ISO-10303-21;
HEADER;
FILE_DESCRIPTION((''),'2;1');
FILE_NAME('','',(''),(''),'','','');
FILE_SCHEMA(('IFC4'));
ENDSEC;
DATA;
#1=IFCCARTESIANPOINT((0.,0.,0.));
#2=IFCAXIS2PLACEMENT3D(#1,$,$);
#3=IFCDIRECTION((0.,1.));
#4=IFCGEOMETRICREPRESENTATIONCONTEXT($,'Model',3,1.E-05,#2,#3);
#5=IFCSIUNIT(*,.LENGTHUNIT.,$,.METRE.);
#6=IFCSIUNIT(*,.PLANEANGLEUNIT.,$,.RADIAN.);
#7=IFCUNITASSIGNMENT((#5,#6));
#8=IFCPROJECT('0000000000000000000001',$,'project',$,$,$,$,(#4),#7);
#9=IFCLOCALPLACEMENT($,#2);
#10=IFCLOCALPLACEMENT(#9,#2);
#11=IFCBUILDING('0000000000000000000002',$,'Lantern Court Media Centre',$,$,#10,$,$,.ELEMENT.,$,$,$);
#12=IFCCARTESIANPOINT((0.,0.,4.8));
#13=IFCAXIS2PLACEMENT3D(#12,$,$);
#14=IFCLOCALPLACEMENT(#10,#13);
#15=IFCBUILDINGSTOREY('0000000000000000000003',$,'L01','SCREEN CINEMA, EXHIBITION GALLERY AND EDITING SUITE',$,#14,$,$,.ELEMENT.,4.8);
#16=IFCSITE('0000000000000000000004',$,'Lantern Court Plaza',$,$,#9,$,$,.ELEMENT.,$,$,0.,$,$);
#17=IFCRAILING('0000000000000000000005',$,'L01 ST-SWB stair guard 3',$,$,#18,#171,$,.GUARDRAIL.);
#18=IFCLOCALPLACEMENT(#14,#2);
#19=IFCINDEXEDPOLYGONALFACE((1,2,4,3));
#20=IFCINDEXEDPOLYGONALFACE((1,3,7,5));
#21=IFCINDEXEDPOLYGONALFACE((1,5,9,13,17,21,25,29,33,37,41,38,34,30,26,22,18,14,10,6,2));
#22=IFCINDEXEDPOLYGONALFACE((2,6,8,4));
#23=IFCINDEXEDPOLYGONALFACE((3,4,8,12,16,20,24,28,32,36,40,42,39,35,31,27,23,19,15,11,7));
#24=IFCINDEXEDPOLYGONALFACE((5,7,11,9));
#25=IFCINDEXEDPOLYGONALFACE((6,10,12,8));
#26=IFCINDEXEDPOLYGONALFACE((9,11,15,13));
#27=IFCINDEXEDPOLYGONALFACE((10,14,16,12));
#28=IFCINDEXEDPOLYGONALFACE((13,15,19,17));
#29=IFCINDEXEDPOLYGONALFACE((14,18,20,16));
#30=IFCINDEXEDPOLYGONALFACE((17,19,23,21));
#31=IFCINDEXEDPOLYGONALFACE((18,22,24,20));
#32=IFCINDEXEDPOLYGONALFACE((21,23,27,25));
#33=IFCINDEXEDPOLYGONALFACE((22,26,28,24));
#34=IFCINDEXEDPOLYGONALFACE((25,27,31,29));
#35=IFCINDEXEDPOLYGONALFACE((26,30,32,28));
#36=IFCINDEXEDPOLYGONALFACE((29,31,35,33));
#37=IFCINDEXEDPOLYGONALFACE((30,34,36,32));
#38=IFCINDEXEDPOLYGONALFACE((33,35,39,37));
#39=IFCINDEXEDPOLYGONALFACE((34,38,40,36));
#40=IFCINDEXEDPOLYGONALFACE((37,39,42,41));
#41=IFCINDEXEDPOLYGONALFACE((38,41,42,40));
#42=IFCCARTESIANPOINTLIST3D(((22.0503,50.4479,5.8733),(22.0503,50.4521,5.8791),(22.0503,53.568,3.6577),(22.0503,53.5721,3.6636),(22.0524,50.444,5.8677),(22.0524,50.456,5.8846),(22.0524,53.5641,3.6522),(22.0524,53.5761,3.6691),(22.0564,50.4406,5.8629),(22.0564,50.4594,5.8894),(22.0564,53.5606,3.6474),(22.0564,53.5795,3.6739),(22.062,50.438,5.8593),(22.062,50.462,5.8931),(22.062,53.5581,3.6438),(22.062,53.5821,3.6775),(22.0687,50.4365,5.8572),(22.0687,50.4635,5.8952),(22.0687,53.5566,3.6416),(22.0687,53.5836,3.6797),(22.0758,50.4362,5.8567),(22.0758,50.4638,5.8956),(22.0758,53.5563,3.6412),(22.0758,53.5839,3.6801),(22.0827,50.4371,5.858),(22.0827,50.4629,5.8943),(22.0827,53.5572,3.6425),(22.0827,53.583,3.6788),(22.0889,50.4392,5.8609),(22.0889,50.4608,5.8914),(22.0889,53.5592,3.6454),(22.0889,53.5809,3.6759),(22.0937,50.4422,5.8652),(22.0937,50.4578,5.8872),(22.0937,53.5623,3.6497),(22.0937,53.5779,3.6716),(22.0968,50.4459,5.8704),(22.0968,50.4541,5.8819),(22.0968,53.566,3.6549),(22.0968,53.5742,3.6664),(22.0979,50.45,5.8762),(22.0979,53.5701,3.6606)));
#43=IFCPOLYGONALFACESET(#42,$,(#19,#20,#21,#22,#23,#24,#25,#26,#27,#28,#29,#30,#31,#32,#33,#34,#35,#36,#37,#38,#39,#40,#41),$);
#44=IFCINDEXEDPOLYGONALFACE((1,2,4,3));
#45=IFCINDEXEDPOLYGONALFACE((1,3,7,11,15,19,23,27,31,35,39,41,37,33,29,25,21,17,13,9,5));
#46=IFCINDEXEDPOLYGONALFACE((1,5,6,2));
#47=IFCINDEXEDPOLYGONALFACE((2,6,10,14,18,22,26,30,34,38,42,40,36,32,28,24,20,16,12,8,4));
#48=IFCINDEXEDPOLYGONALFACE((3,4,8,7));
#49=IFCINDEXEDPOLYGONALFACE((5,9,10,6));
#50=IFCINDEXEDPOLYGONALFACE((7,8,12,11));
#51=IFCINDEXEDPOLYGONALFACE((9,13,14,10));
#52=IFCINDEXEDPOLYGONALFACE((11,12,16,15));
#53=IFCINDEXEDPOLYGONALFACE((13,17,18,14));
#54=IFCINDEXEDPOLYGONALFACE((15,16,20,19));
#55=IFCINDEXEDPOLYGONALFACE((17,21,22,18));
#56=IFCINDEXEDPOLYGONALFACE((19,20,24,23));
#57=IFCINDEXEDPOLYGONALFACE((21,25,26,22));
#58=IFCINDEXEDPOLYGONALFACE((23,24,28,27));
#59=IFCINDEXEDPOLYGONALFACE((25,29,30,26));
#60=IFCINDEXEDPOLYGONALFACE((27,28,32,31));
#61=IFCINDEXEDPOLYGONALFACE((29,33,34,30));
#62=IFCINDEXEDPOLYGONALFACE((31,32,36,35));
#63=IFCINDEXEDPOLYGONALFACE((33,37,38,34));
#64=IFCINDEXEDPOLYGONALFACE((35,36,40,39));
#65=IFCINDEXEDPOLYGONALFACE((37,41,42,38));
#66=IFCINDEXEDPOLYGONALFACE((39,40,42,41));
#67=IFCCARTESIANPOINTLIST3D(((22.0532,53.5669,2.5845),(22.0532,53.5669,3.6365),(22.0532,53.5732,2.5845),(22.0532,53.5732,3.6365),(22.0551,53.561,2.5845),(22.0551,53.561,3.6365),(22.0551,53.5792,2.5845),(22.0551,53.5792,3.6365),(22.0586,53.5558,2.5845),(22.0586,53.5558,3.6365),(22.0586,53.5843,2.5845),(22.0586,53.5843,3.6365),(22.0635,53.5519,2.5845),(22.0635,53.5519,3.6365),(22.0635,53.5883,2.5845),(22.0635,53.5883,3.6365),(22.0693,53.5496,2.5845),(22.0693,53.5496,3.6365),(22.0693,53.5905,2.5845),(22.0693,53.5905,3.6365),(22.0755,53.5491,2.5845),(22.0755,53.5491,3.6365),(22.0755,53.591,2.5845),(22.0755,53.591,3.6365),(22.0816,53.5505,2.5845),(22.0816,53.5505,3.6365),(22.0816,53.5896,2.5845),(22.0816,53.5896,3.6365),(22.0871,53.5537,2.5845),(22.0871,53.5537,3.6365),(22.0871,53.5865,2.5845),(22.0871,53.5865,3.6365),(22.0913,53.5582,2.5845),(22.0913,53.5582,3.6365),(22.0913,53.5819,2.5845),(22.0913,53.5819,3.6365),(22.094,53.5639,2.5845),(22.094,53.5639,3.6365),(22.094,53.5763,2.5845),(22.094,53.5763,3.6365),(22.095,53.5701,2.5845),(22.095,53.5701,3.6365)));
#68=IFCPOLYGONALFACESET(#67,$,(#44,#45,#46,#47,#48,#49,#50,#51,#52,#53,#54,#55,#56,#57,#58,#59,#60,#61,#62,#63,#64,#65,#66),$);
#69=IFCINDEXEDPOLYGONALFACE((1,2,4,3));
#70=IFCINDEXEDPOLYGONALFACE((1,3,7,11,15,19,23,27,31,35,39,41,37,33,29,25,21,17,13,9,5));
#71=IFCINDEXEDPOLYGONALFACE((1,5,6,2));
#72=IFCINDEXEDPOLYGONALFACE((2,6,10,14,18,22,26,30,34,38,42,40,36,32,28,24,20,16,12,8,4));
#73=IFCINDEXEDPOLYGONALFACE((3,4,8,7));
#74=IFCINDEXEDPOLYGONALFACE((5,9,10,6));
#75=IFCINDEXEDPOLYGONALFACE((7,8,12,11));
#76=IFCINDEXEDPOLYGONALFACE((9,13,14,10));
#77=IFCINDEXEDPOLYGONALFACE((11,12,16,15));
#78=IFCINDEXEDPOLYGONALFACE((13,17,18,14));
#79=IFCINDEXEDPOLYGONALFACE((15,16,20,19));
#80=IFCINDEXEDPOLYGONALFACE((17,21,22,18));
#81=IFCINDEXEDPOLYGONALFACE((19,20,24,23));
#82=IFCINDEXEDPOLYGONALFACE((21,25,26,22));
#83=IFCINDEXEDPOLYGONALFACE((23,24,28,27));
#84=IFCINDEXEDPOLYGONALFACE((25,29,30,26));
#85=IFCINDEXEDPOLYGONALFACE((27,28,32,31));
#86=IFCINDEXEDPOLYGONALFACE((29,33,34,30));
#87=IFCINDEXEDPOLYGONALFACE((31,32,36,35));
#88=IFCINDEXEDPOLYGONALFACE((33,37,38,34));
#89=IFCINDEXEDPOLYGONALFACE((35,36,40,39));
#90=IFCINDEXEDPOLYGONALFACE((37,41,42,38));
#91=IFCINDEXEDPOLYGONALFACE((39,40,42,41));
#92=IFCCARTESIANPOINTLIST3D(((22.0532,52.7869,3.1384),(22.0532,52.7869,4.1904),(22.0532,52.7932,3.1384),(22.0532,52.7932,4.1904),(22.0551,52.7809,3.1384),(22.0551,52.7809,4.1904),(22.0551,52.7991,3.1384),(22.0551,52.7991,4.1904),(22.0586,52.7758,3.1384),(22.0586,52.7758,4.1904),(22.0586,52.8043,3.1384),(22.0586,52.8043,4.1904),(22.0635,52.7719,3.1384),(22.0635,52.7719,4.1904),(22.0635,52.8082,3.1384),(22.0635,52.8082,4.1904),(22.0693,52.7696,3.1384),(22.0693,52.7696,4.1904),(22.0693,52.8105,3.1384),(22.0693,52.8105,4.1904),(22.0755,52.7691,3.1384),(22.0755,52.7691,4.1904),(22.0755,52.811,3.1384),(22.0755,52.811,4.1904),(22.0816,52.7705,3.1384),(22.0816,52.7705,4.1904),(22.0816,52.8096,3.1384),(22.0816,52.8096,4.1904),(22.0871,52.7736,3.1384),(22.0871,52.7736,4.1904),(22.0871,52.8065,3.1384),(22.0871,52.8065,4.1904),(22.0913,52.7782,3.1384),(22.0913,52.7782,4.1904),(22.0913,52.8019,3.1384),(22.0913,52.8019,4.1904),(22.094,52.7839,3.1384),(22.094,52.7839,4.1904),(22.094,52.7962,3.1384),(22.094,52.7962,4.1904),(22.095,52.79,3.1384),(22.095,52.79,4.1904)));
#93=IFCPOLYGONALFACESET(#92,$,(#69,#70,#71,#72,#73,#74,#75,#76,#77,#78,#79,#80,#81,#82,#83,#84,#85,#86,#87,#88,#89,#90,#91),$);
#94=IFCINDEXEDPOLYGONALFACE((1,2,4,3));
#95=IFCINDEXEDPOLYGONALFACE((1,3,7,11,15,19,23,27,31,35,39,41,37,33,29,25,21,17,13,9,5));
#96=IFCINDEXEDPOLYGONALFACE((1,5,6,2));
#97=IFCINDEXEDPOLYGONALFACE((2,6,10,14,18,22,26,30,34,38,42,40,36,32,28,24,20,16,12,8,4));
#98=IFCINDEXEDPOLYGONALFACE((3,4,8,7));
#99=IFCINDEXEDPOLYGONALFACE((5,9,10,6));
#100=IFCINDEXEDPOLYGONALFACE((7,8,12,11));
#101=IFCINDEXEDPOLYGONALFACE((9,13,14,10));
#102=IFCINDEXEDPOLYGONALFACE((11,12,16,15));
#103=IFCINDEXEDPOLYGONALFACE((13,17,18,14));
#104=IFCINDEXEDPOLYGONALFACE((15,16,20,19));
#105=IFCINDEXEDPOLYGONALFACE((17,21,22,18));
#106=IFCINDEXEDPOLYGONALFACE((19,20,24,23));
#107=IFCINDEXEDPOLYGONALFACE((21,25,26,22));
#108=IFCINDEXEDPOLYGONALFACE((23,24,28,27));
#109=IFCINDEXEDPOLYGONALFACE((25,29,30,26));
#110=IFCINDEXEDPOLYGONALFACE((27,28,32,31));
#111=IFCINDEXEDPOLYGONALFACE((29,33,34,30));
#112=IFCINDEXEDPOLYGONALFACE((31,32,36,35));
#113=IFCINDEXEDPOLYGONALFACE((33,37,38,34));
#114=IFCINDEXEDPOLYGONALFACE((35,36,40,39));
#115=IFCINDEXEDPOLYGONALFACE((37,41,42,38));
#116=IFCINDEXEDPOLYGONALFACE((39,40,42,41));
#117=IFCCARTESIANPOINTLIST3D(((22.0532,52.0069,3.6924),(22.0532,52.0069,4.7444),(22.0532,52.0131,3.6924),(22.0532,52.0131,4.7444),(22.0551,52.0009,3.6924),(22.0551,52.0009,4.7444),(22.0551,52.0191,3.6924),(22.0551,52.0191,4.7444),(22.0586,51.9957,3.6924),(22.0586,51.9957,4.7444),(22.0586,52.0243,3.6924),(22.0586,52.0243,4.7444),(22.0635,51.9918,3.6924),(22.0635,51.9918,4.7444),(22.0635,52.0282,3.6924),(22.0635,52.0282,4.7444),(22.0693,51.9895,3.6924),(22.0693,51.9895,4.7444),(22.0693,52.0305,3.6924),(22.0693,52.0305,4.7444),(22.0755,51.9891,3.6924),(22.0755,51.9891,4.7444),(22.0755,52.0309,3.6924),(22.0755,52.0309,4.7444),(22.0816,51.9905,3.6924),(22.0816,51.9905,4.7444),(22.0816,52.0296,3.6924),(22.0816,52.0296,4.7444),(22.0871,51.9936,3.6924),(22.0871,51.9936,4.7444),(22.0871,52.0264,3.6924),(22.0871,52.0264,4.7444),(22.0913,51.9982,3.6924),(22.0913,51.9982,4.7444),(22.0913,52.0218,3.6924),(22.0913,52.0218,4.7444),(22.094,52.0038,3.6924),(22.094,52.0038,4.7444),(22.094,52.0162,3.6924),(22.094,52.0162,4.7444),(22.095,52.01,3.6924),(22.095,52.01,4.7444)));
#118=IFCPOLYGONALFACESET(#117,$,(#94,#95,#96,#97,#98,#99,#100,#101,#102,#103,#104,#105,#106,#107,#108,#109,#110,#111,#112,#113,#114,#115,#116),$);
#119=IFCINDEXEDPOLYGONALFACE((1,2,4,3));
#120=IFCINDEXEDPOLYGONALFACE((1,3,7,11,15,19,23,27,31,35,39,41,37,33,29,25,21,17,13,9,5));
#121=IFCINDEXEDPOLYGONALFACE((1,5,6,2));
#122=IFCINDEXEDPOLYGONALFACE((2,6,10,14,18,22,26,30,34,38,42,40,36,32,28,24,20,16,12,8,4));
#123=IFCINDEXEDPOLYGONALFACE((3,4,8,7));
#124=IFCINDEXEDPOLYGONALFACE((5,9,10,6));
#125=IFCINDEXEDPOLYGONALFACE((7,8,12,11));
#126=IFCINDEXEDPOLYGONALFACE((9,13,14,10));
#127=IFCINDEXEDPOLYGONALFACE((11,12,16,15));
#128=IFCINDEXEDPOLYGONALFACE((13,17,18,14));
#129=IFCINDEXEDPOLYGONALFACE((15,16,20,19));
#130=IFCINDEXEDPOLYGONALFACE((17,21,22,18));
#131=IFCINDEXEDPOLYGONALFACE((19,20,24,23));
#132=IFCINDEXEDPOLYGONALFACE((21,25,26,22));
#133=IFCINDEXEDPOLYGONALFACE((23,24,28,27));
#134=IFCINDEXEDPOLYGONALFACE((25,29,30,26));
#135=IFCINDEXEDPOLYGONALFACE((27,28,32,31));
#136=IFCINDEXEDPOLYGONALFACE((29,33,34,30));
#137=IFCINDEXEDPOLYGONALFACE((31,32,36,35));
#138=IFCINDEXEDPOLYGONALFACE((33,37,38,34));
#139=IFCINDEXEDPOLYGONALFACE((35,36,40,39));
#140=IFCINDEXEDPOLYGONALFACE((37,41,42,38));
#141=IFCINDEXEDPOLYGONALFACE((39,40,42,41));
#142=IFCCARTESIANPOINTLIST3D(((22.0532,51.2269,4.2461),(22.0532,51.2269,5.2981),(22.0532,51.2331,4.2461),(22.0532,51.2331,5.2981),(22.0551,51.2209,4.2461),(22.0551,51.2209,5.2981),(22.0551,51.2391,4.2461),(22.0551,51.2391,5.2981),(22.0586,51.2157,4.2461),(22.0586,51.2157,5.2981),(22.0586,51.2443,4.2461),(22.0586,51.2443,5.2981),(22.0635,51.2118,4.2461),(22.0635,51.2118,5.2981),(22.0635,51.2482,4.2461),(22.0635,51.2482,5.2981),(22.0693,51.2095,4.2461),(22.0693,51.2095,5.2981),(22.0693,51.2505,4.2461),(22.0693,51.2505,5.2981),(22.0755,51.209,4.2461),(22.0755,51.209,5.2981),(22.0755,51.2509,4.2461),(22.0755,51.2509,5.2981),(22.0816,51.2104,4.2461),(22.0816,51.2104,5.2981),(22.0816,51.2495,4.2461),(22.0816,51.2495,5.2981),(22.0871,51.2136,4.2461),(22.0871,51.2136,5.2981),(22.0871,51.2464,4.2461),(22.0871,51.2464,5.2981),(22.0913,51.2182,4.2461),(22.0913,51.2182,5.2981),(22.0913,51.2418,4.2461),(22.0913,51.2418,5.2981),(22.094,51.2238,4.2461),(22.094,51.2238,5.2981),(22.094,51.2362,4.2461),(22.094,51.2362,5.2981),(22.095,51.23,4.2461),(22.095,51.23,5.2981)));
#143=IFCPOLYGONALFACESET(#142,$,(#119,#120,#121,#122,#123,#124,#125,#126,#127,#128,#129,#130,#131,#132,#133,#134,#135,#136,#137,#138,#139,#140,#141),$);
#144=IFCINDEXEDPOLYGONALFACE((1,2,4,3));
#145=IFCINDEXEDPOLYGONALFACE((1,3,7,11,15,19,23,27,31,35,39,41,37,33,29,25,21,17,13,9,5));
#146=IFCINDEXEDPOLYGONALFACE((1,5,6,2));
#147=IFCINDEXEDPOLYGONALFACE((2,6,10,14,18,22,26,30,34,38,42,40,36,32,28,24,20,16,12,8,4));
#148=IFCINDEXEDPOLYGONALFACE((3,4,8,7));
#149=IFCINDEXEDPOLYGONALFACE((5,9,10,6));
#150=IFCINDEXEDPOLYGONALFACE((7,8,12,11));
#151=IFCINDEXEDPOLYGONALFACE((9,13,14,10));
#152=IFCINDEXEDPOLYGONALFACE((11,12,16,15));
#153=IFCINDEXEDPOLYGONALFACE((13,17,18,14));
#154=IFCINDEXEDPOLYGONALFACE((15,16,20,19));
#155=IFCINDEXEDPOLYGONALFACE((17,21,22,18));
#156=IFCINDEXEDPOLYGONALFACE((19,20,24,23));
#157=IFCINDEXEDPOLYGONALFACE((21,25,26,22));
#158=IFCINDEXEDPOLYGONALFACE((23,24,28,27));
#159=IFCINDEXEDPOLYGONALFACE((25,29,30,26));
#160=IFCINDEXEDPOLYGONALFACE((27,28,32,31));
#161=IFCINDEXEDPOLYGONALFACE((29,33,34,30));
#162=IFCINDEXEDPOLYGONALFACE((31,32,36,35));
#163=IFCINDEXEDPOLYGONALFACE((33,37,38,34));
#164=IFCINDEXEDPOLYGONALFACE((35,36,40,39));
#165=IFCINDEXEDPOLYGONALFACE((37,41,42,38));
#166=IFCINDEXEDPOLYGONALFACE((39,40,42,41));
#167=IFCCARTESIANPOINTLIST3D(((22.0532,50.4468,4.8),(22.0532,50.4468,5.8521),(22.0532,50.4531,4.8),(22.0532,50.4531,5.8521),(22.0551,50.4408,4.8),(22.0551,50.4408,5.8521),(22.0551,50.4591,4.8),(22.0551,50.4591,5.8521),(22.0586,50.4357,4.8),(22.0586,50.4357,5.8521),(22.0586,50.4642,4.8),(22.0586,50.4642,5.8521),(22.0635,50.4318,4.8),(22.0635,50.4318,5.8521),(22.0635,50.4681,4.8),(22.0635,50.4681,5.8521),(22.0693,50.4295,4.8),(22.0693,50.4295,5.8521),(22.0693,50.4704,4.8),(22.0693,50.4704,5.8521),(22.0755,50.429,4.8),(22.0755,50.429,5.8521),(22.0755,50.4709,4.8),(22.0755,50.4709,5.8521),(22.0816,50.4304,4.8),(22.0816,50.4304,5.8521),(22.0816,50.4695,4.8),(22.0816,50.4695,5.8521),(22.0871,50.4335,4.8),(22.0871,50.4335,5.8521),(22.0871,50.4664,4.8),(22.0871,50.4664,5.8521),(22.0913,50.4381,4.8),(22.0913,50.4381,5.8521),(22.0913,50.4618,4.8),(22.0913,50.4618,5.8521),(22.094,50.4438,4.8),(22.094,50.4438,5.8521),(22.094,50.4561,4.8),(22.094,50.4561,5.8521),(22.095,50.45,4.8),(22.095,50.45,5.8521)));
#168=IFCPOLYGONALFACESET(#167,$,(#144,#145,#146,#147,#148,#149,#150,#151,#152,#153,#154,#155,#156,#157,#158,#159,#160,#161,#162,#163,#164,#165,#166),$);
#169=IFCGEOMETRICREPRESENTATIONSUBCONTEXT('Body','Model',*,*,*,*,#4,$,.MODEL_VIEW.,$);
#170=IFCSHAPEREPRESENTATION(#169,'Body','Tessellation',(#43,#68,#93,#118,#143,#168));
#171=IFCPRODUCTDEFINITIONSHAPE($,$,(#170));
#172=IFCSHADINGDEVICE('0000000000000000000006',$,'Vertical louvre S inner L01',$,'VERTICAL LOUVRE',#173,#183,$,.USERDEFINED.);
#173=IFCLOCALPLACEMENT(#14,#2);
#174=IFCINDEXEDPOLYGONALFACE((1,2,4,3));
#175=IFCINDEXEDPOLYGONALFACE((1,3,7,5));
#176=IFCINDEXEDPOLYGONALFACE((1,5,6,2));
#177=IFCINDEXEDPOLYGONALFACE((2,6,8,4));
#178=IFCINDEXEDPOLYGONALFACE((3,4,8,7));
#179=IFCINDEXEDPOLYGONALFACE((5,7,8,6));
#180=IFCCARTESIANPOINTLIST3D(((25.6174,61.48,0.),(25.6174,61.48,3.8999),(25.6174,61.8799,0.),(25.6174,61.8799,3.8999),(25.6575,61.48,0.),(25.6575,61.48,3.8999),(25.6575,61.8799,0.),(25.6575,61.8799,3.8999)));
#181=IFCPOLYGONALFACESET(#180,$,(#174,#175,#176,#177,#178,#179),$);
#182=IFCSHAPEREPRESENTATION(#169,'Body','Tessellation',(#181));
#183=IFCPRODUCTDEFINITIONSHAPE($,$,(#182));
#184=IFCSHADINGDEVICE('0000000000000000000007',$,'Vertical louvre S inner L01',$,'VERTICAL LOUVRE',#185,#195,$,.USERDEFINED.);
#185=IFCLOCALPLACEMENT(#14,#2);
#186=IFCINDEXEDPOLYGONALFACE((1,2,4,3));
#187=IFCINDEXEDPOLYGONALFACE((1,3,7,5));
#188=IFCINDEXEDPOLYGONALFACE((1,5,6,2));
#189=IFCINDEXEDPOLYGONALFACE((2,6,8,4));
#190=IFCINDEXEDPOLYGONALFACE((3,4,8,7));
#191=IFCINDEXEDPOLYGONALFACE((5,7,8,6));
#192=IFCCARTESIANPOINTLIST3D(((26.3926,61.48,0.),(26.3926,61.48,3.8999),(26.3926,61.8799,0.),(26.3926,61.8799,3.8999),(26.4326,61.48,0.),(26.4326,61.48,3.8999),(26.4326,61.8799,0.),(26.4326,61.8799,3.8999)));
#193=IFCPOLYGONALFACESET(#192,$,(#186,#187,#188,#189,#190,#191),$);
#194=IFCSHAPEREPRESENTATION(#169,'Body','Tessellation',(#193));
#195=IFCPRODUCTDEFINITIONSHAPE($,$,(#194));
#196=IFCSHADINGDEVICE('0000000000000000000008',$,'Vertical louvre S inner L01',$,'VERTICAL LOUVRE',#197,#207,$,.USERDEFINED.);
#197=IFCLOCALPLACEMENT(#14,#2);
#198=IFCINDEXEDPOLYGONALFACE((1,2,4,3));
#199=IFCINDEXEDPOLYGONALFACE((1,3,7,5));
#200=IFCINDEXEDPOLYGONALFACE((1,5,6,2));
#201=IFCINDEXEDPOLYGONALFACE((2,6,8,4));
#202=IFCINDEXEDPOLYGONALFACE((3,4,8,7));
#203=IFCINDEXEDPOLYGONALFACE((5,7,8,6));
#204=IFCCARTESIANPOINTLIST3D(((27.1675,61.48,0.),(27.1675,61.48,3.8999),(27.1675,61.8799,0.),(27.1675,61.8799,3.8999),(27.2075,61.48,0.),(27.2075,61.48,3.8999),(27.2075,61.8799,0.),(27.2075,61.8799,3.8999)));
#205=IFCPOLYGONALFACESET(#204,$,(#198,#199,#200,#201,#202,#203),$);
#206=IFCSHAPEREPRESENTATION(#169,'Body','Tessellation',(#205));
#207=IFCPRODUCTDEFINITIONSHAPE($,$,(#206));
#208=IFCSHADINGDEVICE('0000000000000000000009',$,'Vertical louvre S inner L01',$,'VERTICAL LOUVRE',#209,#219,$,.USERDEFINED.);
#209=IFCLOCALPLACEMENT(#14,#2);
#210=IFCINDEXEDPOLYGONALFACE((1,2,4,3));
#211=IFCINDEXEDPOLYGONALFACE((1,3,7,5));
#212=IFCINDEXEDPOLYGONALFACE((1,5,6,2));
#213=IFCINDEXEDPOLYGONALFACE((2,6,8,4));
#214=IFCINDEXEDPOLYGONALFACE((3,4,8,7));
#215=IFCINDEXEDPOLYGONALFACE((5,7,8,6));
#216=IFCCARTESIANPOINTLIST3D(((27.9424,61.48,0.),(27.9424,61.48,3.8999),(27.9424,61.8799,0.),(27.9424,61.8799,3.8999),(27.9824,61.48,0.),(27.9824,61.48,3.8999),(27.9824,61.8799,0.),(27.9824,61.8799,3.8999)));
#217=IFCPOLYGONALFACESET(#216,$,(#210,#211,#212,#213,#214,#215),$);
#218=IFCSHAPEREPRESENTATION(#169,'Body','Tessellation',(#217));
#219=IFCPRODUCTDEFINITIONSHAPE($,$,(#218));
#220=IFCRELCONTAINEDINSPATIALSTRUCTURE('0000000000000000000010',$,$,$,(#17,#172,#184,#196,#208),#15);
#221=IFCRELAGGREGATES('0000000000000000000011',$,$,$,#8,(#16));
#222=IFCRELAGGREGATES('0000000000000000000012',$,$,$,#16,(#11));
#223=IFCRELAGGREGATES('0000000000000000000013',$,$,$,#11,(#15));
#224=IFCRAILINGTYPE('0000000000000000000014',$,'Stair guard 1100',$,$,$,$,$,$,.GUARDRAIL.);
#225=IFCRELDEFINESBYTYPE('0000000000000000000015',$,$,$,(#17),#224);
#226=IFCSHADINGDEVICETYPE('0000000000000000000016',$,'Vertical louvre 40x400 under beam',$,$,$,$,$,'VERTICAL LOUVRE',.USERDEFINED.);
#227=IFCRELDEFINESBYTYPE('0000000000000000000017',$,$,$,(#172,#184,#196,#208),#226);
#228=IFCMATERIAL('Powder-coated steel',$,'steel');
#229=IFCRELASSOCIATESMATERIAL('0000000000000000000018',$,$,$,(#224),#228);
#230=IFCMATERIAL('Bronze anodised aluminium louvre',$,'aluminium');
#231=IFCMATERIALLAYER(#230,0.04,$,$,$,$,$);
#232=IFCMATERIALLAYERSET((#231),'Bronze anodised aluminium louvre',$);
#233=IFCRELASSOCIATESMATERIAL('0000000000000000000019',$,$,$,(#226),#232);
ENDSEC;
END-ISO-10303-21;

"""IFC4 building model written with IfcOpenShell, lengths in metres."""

from ifc_helpers import new_model, si_unit, direction, frame, origin, origin_2d, place, context, subcontext, project, spatial, rectangle, circle, extrude, material, layer, layer_set, type_object, element, save


model = new_model("IFC4")

# Units and contexts
model_context = context("Model", 3, precision=1e-05, world=origin(), true_north=direction((0.0, 1.0)))
body_context = subcontext(model_context, "Body", "Model", "MODEL_VIEW")
ifc_project = project(units=[si_unit("LENGTHUNIT", "METRE"), si_unit("PLANEANGLEUNIT", "RADIAN")], contexts=[model_context])

# Site, building, storey
site_placement = place(None, origin())
site = spatial("IfcSite", under=ifc_project, at=site_placement, Name="Lantern Court Plaza", CompositionType="ELEMENT", RefElevation=0.0)
building_placement = place(site_placement, origin())
building = spatial("IfcBuilding", under=site, at=building_placement, Name="Lantern Court Media Centre", CompositionType="ELEMENT")
storey_placement = place(building_placement, frame((0.0, 0.0, 4.8)))
storey = spatial("IfcBuildingStorey", under=building, at=storey_placement, Name="L01", Description="SCREEN CINEMA, EXHIBITION GALLERY AND EDITING SUITE", CompositionType="ELEMENT", Elevation=4.8)

# Railing
ifc_material_1 = material(Name="Powder-coated steel", Category="steel")
railing_type = type_object("IfcRailingType", Name="Stair guard 1100", PredefinedType="GUARDRAIL", material=ifc_material_1)
railing_1_placement = place(storey_placement, frame((22.074, 53.5701, 2.5845)))
element("IfcRailing", 1, at=railing_1_placement, inside=storey, type_object=railing_type, Name="L01 ST-SWB stair guard 3", PredefinedType="GUARDRAIL", context=body_context, shape_type="SweptSolid", body=[
    extrude(circle(Radius=0.0239, at=origin_2d()), frame((0.0, 0.0, 1.0762), z_axis=(0.0, -0.815347, 0.578973), x_axis=(1.0, 0.0, 0.0)), (0.0, 0.0, 1.0), 3.8267),
    extrude(circle(Radius=0.021, at=origin_2d()), origin(), (0.0, 0.0, 1.0), 1.052),
    extrude(circle(Radius=0.021, at=origin_2d()), frame((0.0, -0.78, 0.554)), (0.0, 0.0, 1.0), 1.052),
    extrude(circle(Radius=0.021, at=origin_2d()), frame((0.0, -1.5601, 1.1079)), (0.0, 0.0, 1.0), 1.052),
    extrude(circle(Radius=0.021, at=origin_2d()), frame((0.0, -2.3401, 1.6616)), (0.0, 0.0, 1.0), 1.052),
    extrude(circle(Radius=0.021, at=origin_2d()), frame((0.0, -3.1201, 2.2156)), (0.0, 0.0, 1.0), 1.052),
])

# Shading devices
ifc_material_2 = material(Name="Bronze anodised aluminium louvre", Category="aluminium")
ifc_layer_1 = layer(ifc_material_2, 0.04)
ifc_layer_set_1 = layer_set([ifc_layer_1], Name="Bronze anodised aluminium louvre")
shading_device_type = type_object("IfcShadingDeviceType", Name="Vertical louvre 40x400 under beam", ElementType="VERTICAL LOUVRE", PredefinedType="USERDEFINED", material=ifc_layer_set_1)
for number, where, z_axis, x_axis, name in (
    (2, (25.6375, 61.6799, 0.0), (0.0, 0.0, 1.0), (1.0, 0.0, 0.0), "Vertical louvre S inner L01"),
    (3, (26.4126, 61.6799, 0.0), (0.0, 0.0, 1.0), (1.0, 0.0, 0.0), "Vertical louvre S inner L01"),
    (4, (27.1875, 61.6799, 0.0), (0.0, 0.0, 1.0), (1.0, 0.0, 0.0), "Vertical louvre S inner L01"),
    (5, (27.9624, 61.6799, 0.0), (0.0, 0.0, 1.0), (1.0, 0.0, 0.0), "Vertical louvre S inner L01"),
):
    element("IfcShadingDevice", number, at=place(storey_placement, frame(where, z_axis=z_axis, x_axis=x_axis)), inside=storey, type_object=shading_device_type, Name=name, ObjectType="VERTICAL LOUVRE", PredefinedType="USERDEFINED", context=body_context, shape_type="SweptSolid", body=[
        extrude(rectangle(XDim=0.04, YDim=0.3999, at=origin_2d()), origin(), (0.0, 0.0, 1.0), 3.8999),
    ])

save(model, "model.ifc")
